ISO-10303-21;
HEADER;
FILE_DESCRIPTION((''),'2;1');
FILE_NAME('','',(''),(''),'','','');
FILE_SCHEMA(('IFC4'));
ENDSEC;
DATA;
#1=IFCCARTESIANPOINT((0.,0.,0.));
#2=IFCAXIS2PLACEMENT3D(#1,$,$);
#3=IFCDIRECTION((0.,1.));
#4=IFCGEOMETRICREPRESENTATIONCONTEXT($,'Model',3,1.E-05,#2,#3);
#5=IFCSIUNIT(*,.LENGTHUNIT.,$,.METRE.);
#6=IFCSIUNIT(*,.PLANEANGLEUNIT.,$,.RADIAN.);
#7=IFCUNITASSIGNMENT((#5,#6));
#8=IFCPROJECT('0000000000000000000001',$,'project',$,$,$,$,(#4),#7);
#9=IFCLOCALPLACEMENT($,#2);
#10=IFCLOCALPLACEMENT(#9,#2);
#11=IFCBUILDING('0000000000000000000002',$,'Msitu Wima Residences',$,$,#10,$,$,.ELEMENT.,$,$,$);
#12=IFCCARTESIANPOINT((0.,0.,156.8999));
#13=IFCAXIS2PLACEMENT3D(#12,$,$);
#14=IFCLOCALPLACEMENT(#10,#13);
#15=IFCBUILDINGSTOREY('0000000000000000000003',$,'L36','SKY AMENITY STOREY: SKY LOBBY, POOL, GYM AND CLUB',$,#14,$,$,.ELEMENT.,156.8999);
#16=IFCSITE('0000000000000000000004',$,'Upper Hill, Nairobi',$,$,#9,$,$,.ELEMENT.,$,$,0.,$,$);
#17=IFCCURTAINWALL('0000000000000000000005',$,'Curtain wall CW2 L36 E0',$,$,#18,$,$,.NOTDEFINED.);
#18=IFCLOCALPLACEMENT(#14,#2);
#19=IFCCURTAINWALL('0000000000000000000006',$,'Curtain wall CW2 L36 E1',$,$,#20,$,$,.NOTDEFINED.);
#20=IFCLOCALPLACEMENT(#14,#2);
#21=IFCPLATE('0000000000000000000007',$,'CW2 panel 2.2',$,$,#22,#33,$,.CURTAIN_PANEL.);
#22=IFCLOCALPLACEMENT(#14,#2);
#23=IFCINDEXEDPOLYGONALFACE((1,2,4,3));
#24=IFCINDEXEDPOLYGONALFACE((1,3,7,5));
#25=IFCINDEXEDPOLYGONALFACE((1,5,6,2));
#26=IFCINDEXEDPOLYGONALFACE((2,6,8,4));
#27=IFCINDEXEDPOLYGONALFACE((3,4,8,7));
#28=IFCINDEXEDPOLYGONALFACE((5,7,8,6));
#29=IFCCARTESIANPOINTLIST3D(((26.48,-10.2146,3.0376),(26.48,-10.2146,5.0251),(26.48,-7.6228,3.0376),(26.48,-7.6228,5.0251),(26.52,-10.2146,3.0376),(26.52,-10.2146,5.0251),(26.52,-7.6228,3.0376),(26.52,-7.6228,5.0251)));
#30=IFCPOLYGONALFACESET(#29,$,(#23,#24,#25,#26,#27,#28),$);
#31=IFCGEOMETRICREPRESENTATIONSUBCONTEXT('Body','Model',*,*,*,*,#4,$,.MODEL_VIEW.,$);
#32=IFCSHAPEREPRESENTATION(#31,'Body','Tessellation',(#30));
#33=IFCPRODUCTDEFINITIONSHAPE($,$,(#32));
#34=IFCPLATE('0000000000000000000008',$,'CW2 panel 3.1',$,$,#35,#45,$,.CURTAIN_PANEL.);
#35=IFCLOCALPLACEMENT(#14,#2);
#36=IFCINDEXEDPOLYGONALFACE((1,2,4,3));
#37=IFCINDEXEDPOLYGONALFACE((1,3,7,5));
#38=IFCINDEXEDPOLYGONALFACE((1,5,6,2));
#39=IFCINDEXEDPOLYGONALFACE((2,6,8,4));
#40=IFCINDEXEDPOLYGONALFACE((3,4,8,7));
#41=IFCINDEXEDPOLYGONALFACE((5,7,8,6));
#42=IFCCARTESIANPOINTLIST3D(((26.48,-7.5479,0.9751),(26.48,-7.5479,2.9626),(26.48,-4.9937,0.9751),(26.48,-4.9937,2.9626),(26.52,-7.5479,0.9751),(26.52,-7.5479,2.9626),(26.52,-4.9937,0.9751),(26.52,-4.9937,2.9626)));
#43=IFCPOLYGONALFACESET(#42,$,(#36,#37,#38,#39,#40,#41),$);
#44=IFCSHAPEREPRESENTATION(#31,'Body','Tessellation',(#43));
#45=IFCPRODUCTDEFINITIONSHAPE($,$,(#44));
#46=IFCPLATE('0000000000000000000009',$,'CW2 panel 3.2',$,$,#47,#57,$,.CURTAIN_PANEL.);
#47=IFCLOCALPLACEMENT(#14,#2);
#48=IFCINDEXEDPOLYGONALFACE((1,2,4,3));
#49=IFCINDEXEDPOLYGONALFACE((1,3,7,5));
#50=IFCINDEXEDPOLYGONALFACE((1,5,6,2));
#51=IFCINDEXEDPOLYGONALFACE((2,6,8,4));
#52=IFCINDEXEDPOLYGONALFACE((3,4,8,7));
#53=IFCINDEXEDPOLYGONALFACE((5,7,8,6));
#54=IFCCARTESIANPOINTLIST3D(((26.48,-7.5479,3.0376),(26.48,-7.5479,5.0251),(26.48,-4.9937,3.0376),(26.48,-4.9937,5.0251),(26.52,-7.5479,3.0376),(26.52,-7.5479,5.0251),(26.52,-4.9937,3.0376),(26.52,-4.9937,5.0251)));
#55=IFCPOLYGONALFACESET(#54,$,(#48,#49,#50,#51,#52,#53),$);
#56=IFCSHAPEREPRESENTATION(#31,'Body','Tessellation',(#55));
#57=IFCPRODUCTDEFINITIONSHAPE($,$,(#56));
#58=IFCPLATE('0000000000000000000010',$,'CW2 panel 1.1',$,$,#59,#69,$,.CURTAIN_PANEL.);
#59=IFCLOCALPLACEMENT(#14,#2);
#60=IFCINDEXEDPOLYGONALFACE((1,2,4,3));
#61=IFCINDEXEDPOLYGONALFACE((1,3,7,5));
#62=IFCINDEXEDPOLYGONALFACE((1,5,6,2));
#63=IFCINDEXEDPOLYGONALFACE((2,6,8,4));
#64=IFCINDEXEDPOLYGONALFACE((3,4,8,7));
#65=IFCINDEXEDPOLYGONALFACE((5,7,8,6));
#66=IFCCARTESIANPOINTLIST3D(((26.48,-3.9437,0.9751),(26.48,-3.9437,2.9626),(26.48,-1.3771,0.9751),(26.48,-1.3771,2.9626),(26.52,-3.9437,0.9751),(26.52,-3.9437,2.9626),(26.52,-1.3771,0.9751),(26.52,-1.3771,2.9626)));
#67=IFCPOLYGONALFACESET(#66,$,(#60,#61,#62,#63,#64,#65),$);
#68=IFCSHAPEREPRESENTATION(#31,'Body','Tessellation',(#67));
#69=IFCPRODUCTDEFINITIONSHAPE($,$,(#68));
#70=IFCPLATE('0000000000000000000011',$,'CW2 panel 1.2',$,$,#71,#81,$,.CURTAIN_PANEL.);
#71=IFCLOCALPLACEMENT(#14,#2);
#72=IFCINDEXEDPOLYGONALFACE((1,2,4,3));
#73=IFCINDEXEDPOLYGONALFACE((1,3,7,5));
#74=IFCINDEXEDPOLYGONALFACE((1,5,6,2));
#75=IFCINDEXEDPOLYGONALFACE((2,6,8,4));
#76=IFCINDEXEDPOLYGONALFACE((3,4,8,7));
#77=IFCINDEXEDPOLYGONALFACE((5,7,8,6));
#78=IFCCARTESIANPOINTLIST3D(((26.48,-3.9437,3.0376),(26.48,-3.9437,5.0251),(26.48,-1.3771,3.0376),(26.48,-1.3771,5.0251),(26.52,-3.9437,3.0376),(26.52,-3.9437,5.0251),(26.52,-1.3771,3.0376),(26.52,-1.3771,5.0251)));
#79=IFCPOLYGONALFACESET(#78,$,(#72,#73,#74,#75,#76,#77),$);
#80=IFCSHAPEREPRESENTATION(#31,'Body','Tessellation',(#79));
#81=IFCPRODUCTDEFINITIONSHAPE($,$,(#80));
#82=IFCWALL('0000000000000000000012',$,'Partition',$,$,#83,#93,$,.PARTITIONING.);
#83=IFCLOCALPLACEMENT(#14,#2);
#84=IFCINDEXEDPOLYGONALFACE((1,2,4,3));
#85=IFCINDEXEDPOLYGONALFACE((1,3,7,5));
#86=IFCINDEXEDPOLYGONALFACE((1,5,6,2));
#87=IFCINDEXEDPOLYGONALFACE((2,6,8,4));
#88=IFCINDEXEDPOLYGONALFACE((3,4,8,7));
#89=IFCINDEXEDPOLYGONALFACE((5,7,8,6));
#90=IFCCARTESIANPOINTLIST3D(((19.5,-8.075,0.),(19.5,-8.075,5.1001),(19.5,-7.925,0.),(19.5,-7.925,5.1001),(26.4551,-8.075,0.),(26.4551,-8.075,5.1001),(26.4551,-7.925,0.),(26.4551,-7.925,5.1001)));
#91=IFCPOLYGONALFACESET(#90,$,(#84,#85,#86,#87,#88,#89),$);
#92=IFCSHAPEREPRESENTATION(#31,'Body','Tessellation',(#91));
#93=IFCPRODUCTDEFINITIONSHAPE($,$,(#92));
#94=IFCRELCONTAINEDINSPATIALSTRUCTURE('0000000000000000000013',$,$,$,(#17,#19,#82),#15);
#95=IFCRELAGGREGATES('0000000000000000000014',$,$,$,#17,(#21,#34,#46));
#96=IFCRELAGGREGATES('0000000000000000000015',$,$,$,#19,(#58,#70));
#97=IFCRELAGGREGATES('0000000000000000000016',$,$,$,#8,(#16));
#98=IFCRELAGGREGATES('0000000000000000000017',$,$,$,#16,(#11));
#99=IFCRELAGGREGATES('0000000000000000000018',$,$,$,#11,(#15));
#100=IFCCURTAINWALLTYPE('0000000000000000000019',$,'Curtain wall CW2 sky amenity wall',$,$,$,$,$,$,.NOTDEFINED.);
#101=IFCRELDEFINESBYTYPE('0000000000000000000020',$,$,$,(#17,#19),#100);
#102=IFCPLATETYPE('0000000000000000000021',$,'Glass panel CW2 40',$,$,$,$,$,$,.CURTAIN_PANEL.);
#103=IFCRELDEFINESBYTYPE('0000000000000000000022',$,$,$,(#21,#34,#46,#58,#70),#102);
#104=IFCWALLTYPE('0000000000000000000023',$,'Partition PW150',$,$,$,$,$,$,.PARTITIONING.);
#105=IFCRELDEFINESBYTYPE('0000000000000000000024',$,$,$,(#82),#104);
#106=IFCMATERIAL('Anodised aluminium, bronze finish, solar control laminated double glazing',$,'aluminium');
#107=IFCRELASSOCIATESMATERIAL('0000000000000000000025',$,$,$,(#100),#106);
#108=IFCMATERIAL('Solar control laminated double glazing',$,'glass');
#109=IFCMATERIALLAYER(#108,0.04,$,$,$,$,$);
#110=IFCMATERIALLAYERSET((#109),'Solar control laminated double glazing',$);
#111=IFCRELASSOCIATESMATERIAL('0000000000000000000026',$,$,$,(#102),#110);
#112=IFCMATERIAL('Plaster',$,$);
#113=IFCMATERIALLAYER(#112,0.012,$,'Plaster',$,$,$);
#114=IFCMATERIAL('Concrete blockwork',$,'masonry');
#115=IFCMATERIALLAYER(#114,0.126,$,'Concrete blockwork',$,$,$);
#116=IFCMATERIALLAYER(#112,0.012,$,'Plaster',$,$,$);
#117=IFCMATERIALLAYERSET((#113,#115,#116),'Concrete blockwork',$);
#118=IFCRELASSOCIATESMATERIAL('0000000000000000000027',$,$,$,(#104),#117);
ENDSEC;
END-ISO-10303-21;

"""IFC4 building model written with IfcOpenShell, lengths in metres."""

from ifc_helpers import new_model, si_unit, direction, frame, frame_2d, origin, origin_2d, place, context, subcontext, project, spatial, rectangle, extrude, material, layer, layer_set, type_object, element, aggregate, save


model = new_model("IFC4")

# Units and contexts
model_context = context("Model", 3, precision=1e-05, world=origin(), true_north=direction((0.0, 1.0)))
body_context = subcontext(model_context, "Body", "Model", "MODEL_VIEW")
ifc_project = project(units=[si_unit("LENGTHUNIT", "METRE"), si_unit("PLANEANGLEUNIT", "RADIAN")], contexts=[model_context])

# Site, building, storey
site_placement = place(None, origin())
site = spatial("IfcSite", under=ifc_project, at=site_placement, Name="Upper Hill, Nairobi", CompositionType="ELEMENT", RefElevation=0.0)
building_placement = place(site_placement, origin())
building = spatial("IfcBuilding", under=site, at=building_placement, Name="Msitu Wima Residences", CompositionType="ELEMENT")
storey_placement = place(building_placement, frame((0.0, 0.0, 156.8999)))
storey = spatial("IfcBuildingStorey", under=building, at=storey_placement, Name="L36", Description="SKY AMENITY STOREY: SKY LOBBY, POOL, GYM AND CLUB", CompositionType="ELEMENT", Elevation=156.8999)

# Curtain walls
ifc_material_1 = material(Name="Anodised aluminium, bronze finish, solar control laminated double glazing", Category="aluminium")
curtain_wall_type = type_object("IfcCurtainWallType", Name="Curtain wall CW2 sky amenity wall", PredefinedType="NOTDEFINED", material=ifc_material_1)
curtain_wall_1_placement = place(storey_placement, origin())
curtain_wall_1 = element("IfcCurtainWall", 1, at=curtain_wall_1_placement, inside=storey, type_object=curtain_wall_type, Name="Curtain wall CW2 L36 E0", PredefinedType="NOTDEFINED")
curtain_wall_2_placement = place(storey_placement, origin())
curtain_wall_2 = element("IfcCurtainWall", 2, at=curtain_wall_2_placement, inside=storey, type_object=curtain_wall_type, Name="Curtain wall CW2 L36 E1", PredefinedType="NOTDEFINED")

# Plates
ifc_material_2 = material(Name="Solar control laminated double glazing", Category="glass")
ifc_layer_1 = layer(ifc_material_2, 0.04)
ifc_layer_set_1 = layer_set([ifc_layer_1], Name="Solar control laminated double glazing")
plate_type = type_object("IfcPlateType", Name="Glass panel CW2 40", PredefinedType="CURTAIN_PANEL", material=ifc_layer_set_1)
plate_1_placement = place(storey_placement, frame((26.5, -8.9187, 3.0376), z_axis=(0.0, 0.0, 1.0), x_axis=(0.0, 1.0, 0.0)))
plate_1 = element("IfcPlate", 3, at=plate_1_placement, type_object=plate_type, Name="CW2 panel 2.2", PredefinedType="CURTAIN_PANEL", context=body_context, shape_type="SweptSolid", body=[
    extrude(rectangle(XDim=2.5918, YDim=0.04, at=origin_2d()), origin(), (0.0, 0.0, 1.0), 1.9875),
])
plate_2_placement = place(storey_placement, frame((26.5, -6.2708, 0.9751), z_axis=(0.0, 0.0, 1.0), x_axis=(0.0, 1.0, 0.0)))
plate_2 = element("IfcPlate", 4, at=plate_2_placement, type_object=plate_type, Name="CW2 panel 3.1", PredefinedType="CURTAIN_PANEL", context=body_context, shape_type="SweptSolid", body=[
    extrude(rectangle(XDim=2.5542, YDim=0.04, at=origin_2d()), origin(), (0.0, 0.0, 1.0), 1.9875),
])
plate_3_placement = place(storey_placement, frame((26.5, -6.2708, 3.0376), z_axis=(0.0, 0.0, 1.0), x_axis=(0.0, 1.0, 0.0)))
plate_3 = element("IfcPlate", 5, at=plate_3_placement, type_object=plate_type, Name="CW2 panel 3.2", PredefinedType="CURTAIN_PANEL", context=body_context, shape_type="SweptSolid", body=[
    extrude(rectangle(XDim=2.5542, YDim=0.04, at=origin_2d()), origin(), (0.0, 0.0, 1.0), 1.9875),
])
aggregate(curtain_wall_1, [plate_1, plate_2, plate_3])
plate_4_placement = place(storey_placement, frame((26.5, -2.6604, 0.9751), z_axis=(0.0, 0.0, 1.0), x_axis=(0.0, 1.0, 0.0)))
plate_4 = element("IfcPlate", 6, at=plate_4_placement, type_object=plate_type, Name="CW2 panel 1.1", PredefinedType="CURTAIN_PANEL", context=body_context, shape_type="SweptSolid", body=[
    extrude(rectangle(XDim=2.5667, YDim=0.04, at=origin_2d()), origin(), (0.0, 0.0, 1.0), 1.9875),
])
plate_5_placement = place(storey_placement, frame((26.5, -2.6604, 3.0376), z_axis=(0.0, 0.0, 1.0), x_axis=(0.0, 1.0, 0.0)))
plate_5 = element("IfcPlate", 7, at=plate_5_placement, type_object=plate_type, Name="CW2 panel 1.2", PredefinedType="CURTAIN_PANEL", context=body_context, shape_type="SweptSolid", body=[
    extrude(rectangle(XDim=2.5667, YDim=0.04, at=origin_2d()), origin(), (0.0, 0.0, 1.0), 1.9875),
])
aggregate(curtain_wall_2, [plate_4, plate_5])

# Wall
ifc_material_3 = material(Name="Plaster")
ifc_layer_2 = layer(ifc_material_3, 0.012, Name="Plaster")
ifc_material_4 = material(Name="Concrete blockwork", Category="masonry")
ifc_layer_3 = layer(ifc_material_4, 0.126, Name="Concrete blockwork")
ifc_layer_4 = layer(ifc_material_3, 0.012, Name="Plaster")
ifc_layer_set_2 = layer_set([ifc_layer_2, ifc_layer_3, ifc_layer_4], Name="Concrete blockwork")
wall_type = type_object("IfcWallType", Name="Partition PW150", PredefinedType="PARTITIONING", material=ifc_layer_set_2)
wall_placement = place(storey_placement, frame((19.5, -8.0, 0.0), z_axis=(0.0, 0.0, 1.0), x_axis=(1.0, 0.0, 0.0)))
element("IfcWall", 8, at=wall_placement, inside=storey, type_object=wall_type, Name="Partition", PredefinedType="PARTITIONING", context=body_context, shape_type="SweptSolid", body=[
    extrude(rectangle(XDim=6.9551, YDim=0.1499, at=frame_2d((3.4775, 0.0))), origin(), (0.0, 0.0, 1.0), 5.1001),
])

save(model, "model.ifc")
